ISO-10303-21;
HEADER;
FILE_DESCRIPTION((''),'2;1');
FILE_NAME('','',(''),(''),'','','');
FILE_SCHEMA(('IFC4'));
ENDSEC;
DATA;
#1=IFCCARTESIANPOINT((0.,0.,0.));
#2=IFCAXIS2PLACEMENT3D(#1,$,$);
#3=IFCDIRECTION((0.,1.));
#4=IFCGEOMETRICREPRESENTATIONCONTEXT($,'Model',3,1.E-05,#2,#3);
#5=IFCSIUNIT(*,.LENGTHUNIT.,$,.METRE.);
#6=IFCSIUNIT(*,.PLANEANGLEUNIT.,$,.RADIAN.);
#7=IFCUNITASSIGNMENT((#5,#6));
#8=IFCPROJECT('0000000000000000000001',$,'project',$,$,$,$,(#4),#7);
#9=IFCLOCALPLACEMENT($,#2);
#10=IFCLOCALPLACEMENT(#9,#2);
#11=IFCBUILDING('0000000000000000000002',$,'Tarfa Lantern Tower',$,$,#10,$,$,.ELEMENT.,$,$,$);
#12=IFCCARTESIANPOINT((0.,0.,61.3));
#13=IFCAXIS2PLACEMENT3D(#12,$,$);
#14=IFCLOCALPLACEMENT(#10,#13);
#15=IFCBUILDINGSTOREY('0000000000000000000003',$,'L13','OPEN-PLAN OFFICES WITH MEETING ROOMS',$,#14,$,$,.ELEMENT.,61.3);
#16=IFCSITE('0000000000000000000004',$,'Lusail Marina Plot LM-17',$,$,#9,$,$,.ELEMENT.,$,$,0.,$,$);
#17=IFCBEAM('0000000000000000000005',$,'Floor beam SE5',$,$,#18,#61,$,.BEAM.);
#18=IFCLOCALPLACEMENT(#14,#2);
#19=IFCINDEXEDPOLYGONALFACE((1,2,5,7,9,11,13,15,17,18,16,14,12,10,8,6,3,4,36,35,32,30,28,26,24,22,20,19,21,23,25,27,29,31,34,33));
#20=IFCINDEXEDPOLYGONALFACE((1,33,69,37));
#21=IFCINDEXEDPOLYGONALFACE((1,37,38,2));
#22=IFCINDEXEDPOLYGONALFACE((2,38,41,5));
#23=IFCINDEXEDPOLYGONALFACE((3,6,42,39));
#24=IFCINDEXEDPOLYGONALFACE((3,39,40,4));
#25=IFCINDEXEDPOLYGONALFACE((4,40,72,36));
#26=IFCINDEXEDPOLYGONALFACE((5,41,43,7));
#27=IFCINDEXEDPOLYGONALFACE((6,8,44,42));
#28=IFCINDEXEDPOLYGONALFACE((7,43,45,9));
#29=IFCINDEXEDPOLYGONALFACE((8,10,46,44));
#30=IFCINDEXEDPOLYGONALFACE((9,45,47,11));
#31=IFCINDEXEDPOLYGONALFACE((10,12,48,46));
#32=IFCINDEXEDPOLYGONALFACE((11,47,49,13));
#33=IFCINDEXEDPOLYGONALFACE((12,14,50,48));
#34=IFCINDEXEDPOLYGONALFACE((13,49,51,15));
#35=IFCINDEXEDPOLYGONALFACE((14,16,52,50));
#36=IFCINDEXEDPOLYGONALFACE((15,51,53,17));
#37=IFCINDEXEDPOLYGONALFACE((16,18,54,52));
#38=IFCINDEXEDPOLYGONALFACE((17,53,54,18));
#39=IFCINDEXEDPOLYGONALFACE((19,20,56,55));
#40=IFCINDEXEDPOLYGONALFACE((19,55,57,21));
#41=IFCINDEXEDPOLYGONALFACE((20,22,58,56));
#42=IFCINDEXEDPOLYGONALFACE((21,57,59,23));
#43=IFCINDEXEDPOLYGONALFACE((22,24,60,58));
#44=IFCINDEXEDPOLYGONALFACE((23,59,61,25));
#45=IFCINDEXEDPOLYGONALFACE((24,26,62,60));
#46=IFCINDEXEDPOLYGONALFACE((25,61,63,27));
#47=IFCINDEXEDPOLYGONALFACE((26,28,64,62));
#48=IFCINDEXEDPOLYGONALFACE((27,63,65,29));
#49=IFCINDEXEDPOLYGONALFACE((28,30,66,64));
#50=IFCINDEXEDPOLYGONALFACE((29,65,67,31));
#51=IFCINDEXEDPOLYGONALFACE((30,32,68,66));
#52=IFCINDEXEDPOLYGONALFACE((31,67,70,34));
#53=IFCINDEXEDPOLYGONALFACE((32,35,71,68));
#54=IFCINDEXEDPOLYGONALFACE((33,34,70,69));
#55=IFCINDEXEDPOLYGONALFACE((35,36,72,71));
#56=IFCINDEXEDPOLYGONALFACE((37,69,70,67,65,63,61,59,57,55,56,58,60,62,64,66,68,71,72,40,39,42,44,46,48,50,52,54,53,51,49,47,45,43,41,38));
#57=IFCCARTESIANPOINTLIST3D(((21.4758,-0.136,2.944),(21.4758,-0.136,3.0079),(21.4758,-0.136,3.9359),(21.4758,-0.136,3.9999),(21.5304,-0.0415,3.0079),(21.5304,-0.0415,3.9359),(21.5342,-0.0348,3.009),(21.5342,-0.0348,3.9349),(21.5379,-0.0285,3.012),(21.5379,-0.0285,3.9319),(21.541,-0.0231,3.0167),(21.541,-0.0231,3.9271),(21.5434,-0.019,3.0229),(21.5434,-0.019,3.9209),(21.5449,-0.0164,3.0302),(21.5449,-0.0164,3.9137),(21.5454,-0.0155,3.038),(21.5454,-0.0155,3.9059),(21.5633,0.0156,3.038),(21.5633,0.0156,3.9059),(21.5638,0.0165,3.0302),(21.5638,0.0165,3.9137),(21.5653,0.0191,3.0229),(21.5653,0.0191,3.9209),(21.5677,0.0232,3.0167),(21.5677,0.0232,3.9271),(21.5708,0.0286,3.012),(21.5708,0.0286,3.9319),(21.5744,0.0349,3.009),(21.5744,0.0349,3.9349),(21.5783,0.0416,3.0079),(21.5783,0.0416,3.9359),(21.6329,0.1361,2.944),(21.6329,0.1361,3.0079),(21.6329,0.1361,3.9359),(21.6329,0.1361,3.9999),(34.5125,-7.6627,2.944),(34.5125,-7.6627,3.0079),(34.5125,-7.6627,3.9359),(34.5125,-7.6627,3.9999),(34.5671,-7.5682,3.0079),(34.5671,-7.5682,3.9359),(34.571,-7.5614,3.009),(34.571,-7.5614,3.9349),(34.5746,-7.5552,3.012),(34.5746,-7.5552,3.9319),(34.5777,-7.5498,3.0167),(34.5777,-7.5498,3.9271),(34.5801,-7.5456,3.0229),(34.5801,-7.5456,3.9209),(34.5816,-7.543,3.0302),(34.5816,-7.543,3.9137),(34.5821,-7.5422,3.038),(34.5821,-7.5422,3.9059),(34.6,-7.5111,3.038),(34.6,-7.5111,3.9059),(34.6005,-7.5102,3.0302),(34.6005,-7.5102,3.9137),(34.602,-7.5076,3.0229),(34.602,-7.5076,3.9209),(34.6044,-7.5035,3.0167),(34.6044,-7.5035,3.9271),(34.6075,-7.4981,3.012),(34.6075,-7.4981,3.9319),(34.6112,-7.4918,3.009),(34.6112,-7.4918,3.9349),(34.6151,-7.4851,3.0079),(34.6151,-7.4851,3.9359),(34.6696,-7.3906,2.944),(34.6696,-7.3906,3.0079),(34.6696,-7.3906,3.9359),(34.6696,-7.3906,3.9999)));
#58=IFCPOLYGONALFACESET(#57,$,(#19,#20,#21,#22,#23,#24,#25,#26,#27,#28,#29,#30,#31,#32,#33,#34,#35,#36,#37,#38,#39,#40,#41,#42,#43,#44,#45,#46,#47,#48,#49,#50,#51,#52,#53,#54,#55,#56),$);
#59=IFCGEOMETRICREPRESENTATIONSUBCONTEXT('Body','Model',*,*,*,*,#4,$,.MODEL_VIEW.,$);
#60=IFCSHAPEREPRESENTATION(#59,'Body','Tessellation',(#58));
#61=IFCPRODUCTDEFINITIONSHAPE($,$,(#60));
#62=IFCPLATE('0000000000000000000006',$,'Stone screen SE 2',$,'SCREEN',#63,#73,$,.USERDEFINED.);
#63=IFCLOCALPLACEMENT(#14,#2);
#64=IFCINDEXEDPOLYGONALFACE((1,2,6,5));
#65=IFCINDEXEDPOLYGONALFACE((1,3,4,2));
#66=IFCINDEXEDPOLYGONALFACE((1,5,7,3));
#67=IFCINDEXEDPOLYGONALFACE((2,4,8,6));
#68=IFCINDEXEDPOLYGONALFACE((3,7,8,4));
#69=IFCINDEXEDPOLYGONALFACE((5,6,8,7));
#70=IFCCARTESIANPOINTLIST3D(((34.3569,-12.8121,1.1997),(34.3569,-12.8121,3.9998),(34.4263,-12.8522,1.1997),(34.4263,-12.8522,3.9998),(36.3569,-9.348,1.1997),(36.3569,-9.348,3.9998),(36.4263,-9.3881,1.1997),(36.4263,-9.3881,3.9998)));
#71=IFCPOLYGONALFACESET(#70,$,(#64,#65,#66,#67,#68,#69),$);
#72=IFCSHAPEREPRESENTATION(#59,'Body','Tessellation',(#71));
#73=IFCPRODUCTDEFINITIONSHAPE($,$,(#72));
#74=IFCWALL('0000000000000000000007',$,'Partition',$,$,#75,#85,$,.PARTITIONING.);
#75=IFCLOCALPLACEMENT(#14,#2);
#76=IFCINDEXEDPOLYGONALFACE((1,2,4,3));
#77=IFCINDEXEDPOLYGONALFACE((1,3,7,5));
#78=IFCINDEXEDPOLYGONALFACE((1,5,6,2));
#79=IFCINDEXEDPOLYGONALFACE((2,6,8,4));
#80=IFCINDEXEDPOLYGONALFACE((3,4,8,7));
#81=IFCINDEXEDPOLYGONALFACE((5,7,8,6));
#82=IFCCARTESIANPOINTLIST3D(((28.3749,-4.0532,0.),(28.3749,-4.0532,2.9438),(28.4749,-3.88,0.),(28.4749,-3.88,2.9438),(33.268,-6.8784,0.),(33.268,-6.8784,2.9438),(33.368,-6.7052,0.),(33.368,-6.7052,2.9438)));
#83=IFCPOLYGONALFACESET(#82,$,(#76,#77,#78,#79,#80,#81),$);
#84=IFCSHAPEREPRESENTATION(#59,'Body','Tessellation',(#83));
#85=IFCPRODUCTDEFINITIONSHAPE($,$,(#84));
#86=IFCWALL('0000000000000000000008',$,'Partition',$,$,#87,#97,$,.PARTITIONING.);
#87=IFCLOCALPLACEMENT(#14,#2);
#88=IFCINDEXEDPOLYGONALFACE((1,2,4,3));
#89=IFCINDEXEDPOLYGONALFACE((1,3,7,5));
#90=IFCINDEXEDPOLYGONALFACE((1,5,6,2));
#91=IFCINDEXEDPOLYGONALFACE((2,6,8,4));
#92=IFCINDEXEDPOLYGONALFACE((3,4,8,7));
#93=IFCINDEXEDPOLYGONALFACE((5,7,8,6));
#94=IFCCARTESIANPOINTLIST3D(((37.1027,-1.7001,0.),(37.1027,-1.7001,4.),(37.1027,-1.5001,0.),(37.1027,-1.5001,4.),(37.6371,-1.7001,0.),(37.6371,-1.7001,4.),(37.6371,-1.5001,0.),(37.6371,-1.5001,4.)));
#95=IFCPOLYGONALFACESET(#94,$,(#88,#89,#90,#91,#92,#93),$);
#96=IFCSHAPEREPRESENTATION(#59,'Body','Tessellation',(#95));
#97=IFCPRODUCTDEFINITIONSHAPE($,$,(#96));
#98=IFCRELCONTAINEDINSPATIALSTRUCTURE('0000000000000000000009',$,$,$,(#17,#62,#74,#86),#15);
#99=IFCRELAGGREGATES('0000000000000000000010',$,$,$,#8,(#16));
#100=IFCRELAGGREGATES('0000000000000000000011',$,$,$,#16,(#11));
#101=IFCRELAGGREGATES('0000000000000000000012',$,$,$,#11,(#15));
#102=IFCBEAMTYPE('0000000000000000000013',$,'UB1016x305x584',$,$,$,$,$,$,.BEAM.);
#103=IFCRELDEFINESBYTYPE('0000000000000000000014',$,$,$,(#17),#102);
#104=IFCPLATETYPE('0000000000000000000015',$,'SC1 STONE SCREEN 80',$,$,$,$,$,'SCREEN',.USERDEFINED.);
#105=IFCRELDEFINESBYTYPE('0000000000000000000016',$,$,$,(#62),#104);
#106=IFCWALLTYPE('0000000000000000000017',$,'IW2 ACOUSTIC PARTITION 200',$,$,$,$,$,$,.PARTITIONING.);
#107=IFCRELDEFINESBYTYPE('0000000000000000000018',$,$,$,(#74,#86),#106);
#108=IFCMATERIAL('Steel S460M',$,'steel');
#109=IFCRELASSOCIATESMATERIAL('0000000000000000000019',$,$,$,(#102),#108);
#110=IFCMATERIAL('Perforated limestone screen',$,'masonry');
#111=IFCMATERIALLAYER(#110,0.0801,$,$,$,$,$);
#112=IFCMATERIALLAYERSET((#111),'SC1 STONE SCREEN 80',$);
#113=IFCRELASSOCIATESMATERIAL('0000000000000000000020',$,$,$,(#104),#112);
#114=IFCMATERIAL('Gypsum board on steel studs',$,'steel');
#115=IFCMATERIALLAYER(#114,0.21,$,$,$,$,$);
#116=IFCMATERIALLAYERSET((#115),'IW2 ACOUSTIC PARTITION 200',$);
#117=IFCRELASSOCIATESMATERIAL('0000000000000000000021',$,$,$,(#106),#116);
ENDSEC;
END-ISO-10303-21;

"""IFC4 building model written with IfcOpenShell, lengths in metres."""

from ifc_helpers import new_model, si_unit, direction, frame, frame_2d, origin, origin_2d, place, context, subcontext, project, spatial, rectangle, i_section, extrude, material, layer, layer_set, material_profile, profile_set, type_object, element, save


model = new_model("IFC4")

# Units and contexts
model_context = context("Model", 3, precision=1e-05, world=origin(), true_north=direction((0.0, 1.0)))
body_context = subcontext(model_context, "Body", "Model", "MODEL_VIEW")
ifc_project = project(units=[si_unit("LENGTHUNIT", "METRE"), si_unit("PLANEANGLEUNIT", "RADIAN")], contexts=[model_context])

# Site, building, storey
site_placement = place(None, origin())
site = spatial("IfcSite", under=ifc_project, at=site_placement, Name="Lusail Marina Plot LM-17", CompositionType="ELEMENT", RefElevation=0.0)
building_placement = place(site_placement, origin())
building = spatial("IfcBuilding", under=site, at=building_placement, Name="Tarfa Lantern Tower", CompositionType="ELEMENT")
storey_placement = place(building_placement, frame((0.0, 0.0, 61.3)))
storey = spatial("IfcBuildingStorey", under=building, at=storey_placement, Name="L13", Description="OPEN-PLAN OFFICES WITH MEETING ROOMS", CompositionType="ELEMENT", Elevation=61.3)

# Beam
ifc_material_1 = material(Name="Steel S460M", Category="steel")
ifc_material_profile_1 = material_profile(ifc_material_1, i_section(OverallWidth=0.3142, OverallDepth=1.0559, WebThickness=0.0359, FlangeThickness=0.064, FilletRadius=0.03, at=origin_2d()), Name="UB1016x305x584")
ifc_profile_set_1 = profile_set([ifc_material_profile_1], Name="Steel S460M")
beam_type_1 = type_object("IfcBeamType", Name="UB1016x305x584", PredefinedType="BEAM", material=ifc_profile_set_1)
beam_1_placement = place(storey_placement, frame((34.5911, -7.5266, 3.4719), z_axis=(-0.866028, 0.499996, 0.0), x_axis=(-0.499996, -0.866028, 0.0)))
element("IfcBeam", 1, at=beam_1_placement, inside=storey, type_object=beam_type_1, Name="Floor beam SE5", PredefinedType="BEAM", context=body_context, shape_type="SweptSolid", body=[
    extrude(i_section(OverallWidth=0.3142, OverallDepth=1.0559, WebThickness=0.0359, FlangeThickness=0.064, FilletRadius=0.03, at=origin_2d()), origin(), (0.0, 0.0, 1.0), 15.0535),
])

# Plate
ifc_material_2 = material(Name="Perforated limestone screen", Category="masonry")
ifc_layer_1 = layer(ifc_material_2, 0.0801)
ifc_layer_set_1 = layer_set([ifc_layer_1], Name="SC1 STONE SCREEN 80")
plate_type = type_object("IfcPlateType", Name="SC1 STONE SCREEN 80", ElementType="SCREEN", PredefinedType="USERDEFINED", material=ifc_layer_set_1)
plate_placement = place(storey_placement, frame((35.3916, -11.1001, 1.1997), z_axis=(0.0, 0.0, 1.0), x_axis=(0.5, 0.866025, 0.0)))
element("IfcPlate", 2, at=plate_placement, inside=storey, type_object=plate_type, Name="Stone screen SE 2", ObjectType="SCREEN", PredefinedType="USERDEFINED", context=body_context, shape_type="SweptSolid", body=[
    extrude(rectangle(XDim=4.0, YDim=0.0801, at=origin_2d()), origin(), (0.0, 0.0, 1.0), 2.8),
])

# Walls
ifc_material_3 = material(Name="Gypsum board on steel studs", Category="steel")
ifc_layer_2 = layer(ifc_material_3, 0.21)
ifc_layer_set_2 = layer_set([ifc_layer_2], Name="IW2 ACOUSTIC PARTITION 200")
wall_type = type_object("IfcWallType", Name="IW2 ACOUSTIC PARTITION 200", PredefinedType="PARTITIONING", material=ifc_layer_set_2)
wall_1_placement = place(storey_placement, frame((28.4248, -3.9666, 0.0), z_axis=(0.0, 0.0, 1.0), x_axis=(0.866011, -0.500024, 0.0)))
element("IfcWall", 3, at=wall_1_placement, inside=storey, type_object=wall_type, Name="Partition", PredefinedType="PARTITIONING", context=body_context, shape_type="SweptSolid", body=[
    extrude(rectangle(XDim=5.6501, YDim=0.2, at=frame_2d((2.8252, 0.0))), origin(), (0.0, 0.0, 1.0), 2.9438),
])
wall_2_placement = place(storey_placement, frame((37.1028, -1.6001, 0.0), z_axis=(0.0, 0.0, 1.0), x_axis=(1.0, 0.0, 0.0)))
element("IfcWall", 4, at=wall_2_placement, inside=storey, type_object=wall_type, Name="Partition", PredefinedType="PARTITIONING", context=body_context, shape_type="SweptSolid", body=[
    extrude(rectangle(XDim=0.5344, YDim=0.2, at=frame_2d((0.2671, 0.0))), origin(), (0.0, 0.0, 1.0), 4.0),
])

save(model, "model.ifc")
